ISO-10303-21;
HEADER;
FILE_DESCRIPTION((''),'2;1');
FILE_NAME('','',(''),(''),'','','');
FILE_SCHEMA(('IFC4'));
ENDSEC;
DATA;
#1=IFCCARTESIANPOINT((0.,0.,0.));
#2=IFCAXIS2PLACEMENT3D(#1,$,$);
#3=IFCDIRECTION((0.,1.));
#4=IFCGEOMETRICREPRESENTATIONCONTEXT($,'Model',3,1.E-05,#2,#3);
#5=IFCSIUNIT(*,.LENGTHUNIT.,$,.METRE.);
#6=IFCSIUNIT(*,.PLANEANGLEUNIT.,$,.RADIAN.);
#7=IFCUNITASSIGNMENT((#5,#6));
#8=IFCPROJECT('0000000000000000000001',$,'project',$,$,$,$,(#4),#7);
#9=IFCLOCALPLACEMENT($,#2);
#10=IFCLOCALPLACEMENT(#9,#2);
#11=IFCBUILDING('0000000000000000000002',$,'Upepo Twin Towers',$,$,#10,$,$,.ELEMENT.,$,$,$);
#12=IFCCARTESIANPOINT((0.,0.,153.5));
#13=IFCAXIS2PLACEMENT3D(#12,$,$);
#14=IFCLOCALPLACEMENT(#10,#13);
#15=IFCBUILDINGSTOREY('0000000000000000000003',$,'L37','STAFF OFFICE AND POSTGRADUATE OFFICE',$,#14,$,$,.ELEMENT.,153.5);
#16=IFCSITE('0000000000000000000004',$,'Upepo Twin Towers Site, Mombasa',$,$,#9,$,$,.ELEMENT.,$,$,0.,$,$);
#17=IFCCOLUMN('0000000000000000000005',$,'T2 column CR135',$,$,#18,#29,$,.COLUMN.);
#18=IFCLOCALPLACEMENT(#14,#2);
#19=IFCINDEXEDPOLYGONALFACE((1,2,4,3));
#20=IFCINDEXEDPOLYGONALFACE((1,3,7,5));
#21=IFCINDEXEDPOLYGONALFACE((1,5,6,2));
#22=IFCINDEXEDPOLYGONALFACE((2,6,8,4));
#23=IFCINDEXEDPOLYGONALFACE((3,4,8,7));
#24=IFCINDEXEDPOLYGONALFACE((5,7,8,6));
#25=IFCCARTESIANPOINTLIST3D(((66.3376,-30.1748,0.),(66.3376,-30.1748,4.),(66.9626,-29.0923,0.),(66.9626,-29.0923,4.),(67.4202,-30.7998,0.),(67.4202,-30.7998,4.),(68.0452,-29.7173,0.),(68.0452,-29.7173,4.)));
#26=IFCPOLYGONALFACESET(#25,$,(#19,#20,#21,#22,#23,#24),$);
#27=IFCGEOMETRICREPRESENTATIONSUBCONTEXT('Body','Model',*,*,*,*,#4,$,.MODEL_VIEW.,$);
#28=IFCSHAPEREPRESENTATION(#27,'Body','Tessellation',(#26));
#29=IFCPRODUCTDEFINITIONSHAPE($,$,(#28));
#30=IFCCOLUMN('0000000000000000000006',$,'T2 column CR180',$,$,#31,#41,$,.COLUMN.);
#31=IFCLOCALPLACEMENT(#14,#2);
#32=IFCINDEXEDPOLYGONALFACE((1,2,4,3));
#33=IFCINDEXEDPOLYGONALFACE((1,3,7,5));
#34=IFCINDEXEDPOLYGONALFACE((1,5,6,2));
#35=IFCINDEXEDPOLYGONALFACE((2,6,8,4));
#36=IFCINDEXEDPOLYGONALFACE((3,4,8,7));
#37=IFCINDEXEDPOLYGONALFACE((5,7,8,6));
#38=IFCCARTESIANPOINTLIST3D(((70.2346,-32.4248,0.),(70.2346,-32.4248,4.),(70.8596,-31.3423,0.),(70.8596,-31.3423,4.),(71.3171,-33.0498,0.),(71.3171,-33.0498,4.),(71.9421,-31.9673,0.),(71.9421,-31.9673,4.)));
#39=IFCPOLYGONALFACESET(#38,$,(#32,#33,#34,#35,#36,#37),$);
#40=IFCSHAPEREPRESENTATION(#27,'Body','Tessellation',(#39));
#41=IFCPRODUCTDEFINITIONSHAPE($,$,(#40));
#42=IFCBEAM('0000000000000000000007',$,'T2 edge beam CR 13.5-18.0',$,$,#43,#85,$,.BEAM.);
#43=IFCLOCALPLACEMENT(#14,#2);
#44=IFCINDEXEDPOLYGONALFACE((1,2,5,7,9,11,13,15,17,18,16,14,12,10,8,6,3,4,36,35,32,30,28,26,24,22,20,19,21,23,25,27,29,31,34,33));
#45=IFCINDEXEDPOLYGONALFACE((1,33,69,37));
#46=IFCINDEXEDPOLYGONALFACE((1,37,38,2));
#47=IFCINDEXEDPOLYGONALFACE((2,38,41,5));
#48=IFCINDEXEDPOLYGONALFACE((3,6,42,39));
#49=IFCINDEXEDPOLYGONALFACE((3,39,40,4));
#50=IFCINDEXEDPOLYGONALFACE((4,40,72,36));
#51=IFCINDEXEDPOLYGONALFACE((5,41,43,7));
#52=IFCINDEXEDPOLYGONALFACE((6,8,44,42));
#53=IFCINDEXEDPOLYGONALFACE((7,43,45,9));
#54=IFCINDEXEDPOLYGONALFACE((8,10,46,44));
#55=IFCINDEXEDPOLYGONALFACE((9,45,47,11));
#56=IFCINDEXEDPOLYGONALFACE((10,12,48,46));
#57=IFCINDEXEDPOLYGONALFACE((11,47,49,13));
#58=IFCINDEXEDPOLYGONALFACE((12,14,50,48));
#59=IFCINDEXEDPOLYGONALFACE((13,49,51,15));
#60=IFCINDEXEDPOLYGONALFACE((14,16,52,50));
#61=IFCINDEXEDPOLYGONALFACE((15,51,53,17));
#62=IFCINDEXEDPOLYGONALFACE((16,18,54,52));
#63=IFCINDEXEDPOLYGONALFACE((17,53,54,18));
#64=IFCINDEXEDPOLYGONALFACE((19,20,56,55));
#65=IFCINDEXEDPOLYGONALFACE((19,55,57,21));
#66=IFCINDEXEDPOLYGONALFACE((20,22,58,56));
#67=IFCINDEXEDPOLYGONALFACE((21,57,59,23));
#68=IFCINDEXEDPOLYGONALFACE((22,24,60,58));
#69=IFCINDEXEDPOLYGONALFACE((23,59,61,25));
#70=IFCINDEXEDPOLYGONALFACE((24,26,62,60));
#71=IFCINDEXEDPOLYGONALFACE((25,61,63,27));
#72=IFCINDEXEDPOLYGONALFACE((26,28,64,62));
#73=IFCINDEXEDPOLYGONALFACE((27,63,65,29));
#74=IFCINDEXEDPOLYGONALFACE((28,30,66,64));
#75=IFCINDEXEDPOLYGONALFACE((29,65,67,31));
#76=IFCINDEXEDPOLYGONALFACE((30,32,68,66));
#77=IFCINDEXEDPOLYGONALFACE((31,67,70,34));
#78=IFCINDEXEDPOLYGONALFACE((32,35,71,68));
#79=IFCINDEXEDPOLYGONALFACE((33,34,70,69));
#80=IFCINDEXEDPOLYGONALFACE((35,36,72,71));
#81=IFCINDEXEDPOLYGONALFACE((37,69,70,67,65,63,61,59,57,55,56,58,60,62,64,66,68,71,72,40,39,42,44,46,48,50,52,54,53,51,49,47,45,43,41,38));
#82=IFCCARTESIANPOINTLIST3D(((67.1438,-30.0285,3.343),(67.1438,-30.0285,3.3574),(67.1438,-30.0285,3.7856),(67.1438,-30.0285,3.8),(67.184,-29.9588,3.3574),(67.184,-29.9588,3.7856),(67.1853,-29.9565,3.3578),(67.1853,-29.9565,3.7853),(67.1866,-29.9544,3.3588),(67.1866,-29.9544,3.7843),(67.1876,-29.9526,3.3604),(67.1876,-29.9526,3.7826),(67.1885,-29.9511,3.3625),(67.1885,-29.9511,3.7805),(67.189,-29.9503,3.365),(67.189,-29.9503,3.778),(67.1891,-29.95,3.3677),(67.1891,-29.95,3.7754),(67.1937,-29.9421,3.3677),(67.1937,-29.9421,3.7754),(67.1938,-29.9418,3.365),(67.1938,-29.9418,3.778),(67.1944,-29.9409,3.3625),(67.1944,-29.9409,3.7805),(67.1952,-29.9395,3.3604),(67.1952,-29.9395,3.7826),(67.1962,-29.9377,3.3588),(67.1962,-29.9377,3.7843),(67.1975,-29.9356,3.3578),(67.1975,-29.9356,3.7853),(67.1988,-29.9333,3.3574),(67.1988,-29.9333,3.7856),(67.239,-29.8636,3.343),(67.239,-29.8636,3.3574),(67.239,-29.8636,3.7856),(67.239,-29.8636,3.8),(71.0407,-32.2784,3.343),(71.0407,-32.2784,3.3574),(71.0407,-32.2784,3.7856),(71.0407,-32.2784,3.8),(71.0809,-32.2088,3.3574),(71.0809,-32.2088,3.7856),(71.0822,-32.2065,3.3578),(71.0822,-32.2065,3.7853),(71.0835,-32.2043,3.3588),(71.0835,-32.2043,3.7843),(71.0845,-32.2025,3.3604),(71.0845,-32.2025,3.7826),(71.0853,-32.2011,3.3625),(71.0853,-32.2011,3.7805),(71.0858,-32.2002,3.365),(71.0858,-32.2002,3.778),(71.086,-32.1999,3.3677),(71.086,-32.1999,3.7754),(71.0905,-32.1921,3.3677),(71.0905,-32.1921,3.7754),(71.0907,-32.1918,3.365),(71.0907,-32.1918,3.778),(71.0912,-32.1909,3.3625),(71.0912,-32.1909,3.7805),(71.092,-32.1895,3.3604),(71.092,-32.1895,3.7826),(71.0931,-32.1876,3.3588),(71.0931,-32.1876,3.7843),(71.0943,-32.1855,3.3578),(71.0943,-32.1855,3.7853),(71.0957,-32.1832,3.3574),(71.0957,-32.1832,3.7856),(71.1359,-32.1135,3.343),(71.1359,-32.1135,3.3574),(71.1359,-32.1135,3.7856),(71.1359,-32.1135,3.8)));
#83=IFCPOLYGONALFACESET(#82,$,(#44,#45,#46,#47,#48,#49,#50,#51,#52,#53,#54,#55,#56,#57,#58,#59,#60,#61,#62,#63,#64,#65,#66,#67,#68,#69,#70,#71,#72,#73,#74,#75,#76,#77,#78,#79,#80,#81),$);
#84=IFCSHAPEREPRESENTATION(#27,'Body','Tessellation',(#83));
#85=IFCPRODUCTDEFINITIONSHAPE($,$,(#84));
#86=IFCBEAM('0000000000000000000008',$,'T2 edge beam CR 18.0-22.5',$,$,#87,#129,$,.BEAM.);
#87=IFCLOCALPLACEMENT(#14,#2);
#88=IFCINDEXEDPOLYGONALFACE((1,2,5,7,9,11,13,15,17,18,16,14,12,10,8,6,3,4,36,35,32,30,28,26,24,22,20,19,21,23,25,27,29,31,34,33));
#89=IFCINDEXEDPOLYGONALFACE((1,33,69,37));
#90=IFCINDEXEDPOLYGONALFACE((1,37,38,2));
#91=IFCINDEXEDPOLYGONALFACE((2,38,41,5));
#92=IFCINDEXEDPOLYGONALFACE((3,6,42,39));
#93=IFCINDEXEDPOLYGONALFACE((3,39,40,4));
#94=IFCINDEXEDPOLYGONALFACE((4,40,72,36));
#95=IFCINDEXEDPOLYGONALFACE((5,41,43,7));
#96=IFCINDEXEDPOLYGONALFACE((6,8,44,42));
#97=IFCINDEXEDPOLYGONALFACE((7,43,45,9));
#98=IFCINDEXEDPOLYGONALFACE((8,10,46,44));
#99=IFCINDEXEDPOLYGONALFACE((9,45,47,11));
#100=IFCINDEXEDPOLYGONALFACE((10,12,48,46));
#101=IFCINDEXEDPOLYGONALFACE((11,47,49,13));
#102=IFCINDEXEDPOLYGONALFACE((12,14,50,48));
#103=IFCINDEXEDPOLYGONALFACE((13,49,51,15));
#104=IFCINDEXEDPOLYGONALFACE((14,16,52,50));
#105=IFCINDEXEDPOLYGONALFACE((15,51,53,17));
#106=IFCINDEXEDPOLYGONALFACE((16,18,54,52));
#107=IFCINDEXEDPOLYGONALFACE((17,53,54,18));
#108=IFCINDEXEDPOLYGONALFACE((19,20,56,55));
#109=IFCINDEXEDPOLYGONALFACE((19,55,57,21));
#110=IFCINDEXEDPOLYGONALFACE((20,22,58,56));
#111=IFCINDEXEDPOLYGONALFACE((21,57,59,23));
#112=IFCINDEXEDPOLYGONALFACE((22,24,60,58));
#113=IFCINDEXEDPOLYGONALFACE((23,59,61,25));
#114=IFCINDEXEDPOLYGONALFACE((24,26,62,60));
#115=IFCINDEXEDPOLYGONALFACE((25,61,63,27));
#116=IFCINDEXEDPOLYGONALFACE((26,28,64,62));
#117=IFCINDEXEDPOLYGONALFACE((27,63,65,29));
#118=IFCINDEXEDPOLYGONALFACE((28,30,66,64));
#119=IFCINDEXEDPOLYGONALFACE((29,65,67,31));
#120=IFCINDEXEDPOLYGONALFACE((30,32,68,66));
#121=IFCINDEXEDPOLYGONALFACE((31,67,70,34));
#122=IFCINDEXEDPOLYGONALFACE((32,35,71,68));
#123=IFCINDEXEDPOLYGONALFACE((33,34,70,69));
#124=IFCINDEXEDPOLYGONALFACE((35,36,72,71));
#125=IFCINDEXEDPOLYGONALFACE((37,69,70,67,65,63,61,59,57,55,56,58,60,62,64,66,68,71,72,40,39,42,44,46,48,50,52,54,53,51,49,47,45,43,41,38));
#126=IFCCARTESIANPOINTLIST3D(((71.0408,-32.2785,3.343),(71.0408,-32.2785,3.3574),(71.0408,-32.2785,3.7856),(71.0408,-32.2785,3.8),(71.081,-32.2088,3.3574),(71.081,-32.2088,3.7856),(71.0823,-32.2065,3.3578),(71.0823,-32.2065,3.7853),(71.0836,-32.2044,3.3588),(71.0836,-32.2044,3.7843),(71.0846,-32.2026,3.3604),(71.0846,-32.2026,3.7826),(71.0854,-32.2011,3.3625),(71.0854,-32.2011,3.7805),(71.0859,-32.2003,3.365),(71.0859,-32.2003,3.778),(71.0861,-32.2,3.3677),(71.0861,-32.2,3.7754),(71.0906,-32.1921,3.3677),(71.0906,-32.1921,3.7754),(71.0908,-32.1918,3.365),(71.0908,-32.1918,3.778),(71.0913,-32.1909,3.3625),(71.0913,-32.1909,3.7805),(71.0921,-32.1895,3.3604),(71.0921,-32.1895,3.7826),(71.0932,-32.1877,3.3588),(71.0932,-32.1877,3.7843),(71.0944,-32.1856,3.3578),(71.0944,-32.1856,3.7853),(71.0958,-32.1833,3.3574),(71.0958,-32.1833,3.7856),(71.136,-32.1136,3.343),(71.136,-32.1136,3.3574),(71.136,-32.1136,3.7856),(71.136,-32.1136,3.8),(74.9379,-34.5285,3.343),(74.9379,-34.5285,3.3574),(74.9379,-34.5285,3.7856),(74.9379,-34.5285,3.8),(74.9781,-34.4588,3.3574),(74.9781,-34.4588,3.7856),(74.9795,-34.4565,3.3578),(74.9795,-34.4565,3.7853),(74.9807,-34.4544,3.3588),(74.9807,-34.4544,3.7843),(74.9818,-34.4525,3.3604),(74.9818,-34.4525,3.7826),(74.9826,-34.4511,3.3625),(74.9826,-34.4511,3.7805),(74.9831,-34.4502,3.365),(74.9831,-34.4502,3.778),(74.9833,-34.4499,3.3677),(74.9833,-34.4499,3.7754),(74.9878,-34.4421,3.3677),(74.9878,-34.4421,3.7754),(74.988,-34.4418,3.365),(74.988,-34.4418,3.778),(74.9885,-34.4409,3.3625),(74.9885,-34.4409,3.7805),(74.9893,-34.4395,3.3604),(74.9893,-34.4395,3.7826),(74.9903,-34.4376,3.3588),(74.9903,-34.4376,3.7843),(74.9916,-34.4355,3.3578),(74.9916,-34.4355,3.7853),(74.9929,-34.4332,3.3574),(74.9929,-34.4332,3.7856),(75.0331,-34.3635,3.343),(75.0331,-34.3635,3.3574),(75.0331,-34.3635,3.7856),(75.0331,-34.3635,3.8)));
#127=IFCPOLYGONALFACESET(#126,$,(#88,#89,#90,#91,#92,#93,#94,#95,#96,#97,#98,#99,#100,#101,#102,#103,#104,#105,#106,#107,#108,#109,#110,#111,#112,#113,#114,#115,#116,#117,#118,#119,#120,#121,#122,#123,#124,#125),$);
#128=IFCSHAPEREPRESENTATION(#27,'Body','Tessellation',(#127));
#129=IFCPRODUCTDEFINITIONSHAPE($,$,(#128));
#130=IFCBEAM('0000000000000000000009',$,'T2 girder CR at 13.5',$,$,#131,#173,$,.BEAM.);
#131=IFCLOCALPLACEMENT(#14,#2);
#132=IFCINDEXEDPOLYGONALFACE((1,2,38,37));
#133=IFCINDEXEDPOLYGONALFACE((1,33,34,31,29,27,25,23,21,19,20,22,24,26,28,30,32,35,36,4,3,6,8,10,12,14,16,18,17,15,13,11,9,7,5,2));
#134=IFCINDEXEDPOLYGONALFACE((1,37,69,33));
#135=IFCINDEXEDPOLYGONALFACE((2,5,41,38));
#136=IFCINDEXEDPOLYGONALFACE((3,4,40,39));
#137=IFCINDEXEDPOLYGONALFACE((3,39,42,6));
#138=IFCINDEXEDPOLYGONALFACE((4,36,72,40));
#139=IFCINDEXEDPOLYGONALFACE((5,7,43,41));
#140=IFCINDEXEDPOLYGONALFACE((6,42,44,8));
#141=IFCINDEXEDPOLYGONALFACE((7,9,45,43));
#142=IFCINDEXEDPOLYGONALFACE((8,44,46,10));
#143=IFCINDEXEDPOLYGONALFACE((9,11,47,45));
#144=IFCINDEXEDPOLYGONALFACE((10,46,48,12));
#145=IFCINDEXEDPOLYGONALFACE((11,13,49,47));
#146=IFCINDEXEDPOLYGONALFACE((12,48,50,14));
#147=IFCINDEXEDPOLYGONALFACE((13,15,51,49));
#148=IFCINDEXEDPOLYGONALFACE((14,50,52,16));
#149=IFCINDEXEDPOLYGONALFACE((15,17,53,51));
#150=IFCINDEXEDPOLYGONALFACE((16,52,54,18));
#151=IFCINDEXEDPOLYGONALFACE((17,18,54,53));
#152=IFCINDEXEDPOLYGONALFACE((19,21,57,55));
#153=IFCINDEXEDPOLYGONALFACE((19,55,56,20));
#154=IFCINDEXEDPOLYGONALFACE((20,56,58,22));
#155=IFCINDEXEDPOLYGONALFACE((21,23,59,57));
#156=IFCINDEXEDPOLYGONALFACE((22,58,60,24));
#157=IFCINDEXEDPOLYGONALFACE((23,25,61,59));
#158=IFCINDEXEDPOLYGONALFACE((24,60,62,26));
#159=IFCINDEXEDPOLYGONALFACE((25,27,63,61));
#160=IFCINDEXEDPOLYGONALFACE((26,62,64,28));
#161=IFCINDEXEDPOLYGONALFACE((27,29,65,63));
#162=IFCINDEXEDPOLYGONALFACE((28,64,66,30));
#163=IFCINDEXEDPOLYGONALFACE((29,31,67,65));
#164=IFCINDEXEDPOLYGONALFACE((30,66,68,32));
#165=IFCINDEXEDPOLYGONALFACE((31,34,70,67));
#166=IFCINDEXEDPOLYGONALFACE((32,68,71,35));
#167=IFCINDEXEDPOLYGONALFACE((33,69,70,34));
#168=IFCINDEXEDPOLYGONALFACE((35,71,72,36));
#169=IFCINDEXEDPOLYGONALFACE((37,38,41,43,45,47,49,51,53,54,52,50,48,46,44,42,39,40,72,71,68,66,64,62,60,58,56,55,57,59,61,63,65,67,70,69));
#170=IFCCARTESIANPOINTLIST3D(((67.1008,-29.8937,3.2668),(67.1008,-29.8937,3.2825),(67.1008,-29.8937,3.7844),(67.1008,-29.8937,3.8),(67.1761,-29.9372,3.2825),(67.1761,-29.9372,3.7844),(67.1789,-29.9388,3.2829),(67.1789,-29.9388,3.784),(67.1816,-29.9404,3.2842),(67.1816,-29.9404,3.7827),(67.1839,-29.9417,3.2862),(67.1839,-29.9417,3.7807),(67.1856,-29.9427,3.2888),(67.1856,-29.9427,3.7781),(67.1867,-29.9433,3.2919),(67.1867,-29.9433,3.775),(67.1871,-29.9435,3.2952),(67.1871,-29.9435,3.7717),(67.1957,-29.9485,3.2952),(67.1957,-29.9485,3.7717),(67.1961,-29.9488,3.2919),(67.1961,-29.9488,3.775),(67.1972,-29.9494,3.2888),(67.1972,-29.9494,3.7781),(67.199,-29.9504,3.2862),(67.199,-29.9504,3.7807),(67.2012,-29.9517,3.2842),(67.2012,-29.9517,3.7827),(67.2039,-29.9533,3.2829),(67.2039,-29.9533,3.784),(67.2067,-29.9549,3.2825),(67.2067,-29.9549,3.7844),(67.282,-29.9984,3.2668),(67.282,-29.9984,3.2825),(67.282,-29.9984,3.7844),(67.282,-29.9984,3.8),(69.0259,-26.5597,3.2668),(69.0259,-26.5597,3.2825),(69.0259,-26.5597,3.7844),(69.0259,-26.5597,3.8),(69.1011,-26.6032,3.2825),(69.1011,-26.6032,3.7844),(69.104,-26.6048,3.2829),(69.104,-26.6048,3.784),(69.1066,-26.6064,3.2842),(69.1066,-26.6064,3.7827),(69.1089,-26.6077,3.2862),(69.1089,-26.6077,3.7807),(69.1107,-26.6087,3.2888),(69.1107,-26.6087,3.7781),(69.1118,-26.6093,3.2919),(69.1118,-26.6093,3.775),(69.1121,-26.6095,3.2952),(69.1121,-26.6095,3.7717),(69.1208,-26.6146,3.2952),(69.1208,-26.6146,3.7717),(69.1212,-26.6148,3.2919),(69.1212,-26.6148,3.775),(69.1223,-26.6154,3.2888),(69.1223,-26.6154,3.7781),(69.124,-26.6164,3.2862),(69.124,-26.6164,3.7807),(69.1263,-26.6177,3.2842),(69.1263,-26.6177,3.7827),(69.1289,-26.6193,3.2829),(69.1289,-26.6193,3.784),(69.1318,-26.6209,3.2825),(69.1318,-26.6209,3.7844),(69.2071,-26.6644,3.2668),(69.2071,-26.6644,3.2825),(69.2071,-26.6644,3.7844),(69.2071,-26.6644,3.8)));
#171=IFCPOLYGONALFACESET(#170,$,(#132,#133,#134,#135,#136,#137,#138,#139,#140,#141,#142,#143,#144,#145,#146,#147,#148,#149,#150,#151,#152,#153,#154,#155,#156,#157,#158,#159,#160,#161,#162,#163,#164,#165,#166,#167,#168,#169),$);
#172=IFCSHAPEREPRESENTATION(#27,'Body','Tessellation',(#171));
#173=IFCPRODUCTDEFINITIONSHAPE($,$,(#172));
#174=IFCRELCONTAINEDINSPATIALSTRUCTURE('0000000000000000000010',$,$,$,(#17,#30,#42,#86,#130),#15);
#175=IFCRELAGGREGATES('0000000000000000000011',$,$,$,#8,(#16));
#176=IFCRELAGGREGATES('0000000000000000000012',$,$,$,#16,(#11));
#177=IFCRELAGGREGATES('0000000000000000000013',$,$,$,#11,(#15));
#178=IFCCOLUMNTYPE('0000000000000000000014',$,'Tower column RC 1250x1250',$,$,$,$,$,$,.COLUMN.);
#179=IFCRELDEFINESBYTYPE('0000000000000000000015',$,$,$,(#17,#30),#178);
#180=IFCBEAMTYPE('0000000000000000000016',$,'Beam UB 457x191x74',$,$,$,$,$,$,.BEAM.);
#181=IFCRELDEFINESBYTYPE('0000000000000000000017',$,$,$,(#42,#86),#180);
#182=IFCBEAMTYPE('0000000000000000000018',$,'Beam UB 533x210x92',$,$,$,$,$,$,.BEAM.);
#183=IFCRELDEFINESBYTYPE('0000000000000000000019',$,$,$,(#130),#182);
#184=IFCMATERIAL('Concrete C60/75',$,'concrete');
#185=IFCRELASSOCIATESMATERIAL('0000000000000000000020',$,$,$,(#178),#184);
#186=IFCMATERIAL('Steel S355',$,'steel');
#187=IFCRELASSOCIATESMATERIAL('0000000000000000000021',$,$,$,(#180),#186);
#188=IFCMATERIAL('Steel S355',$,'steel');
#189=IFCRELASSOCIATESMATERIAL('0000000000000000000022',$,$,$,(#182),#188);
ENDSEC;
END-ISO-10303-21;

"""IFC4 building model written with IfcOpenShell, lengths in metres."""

from ifc_helpers import new_model, si_unit, direction, frame, origin, origin_2d, place, context, subcontext, project, spatial, rectangle, i_section, extrude, material, material_profile, profile_set, type_object, element, save


model = new_model("IFC4")

# Units and contexts
model_context = context("Model", 3, precision=1e-05, world=origin(), true_north=direction((0.0, 1.0)))
body_context = subcontext(model_context, "Body", "Model", "MODEL_VIEW")
ifc_project = project(units=[si_unit("LENGTHUNIT", "METRE"), si_unit("PLANEANGLEUNIT", "RADIAN")], contexts=[model_context])

# Site, building, storey
site_placement = place(None, origin())
site = spatial("IfcSite", under=ifc_project, at=site_placement, Name="Upepo Twin Towers Site, Mombasa", CompositionType="ELEMENT", RefElevation=0.0)
building_placement = place(site_placement, origin())
building = spatial("IfcBuilding", under=site, at=building_placement, Name="Upepo Twin Towers", CompositionType="ELEMENT")
storey_placement = place(building_placement, frame((0.0, 0.0, 153.5)))
storey = spatial("IfcBuildingStorey", under=building, at=storey_placement, Name="L37", Description="STAFF OFFICE AND POSTGRADUATE OFFICE", CompositionType="ELEMENT", Elevation=153.5)

# Columns
ifc_material_1 = material(Name="Concrete C60/75", Category="concrete")
ifc_material_profile_1 = material_profile(ifc_material_1, rectangle(XDim=1.25, YDim=1.25, at=origin_2d()), Name="RC 1250x1250")
ifc_profile_set_1 = profile_set([ifc_material_profile_1], Name="Concrete C60/75")
column_type = type_object("IfcColumnType", Name="Tower column RC 1250x1250", PredefinedType="COLUMN", material=ifc_profile_set_1)
for number, where, z_axis, x_axis, name in (
    (1, (67.1914, -29.946, 0.0), (0.0, 0.0, 1.0), (0.5, 0.866025, 0.0), "T2 column CR135"),
    (2, (71.0884, -32.196, 0.0), (0.0, 0.0, 1.0), (0.5, 0.866025, 0.0), "T2 column CR180"),
):
    element("IfcColumn", number, at=place(storey_placement, frame(where, z_axis=z_axis, x_axis=x_axis)), inside=storey, type_object=column_type, Name=name, PredefinedType="COLUMN", context=body_context, shape_type="SweptSolid", body=[
        extrude(rectangle(XDim=1.25, YDim=1.25, at=origin_2d()), origin(), (0.0, 0.0, 1.0), 4.0),
    ])

# Beams
ifc_material_2 = material(Name="Steel S355", Category="steel")
ifc_material_profile_2 = material_profile(ifc_material_2, i_section(OverallWidth=0.1904, OverallDepth=0.457, WebThickness=0.009, FlangeThickness=0.0144, FilletRadius=0.0103, at=origin_2d()), Name="UB 457x191x74")
ifc_profile_set_2 = profile_set([ifc_material_profile_2], Name="Steel S355")
beam_type_1 = type_object("IfcBeamType", Name="Beam UB 457x191x74", PredefinedType="BEAM", material=ifc_profile_set_2)
beam_1_placement = place(storey_placement, frame((67.1914, -29.946, 3.5715), z_axis=(0.866018, -0.500014, 0.0), x_axis=(0.500014, 0.866018, 0.0)))
element("IfcBeam", 3, at=beam_1_placement, inside=storey, type_object=beam_type_1, Name="T2 edge beam CR 13.5-18.0", PredefinedType="BEAM", context=body_context, shape_type="SweptSolid", body=[
    extrude(i_section(OverallWidth=0.1904, OverallDepth=0.457, WebThickness=0.009, FlangeThickness=0.0144, FilletRadius=0.0103, at=origin_2d()), origin(), (0.0, 0.0, 1.0), 4.4998),
])
beam_2_placement = place(storey_placement, frame((71.0884, -32.196, 3.5715), z_axis=(0.866031, -0.49999, 0.0), x_axis=(0.49999, 0.866031, 0.0)))
element("IfcBeam", 4, at=beam_2_placement, inside=storey, type_object=beam_type_1, Name="T2 edge beam CR 18.0-22.5", PredefinedType="BEAM", context=body_context, shape_type="SweptSolid", body=[
    extrude(i_section(OverallWidth=0.1904, OverallDepth=0.457, WebThickness=0.009, FlangeThickness=0.0144, FilletRadius=0.0103, at=origin_2d()), origin(), (0.0, 0.0, 1.0), 4.5),
])
ifc_material_3 = material(Name="Steel S355", Category="steel")
ifc_material_profile_3 = material_profile(ifc_material_3, i_section(OverallWidth=0.2092, OverallDepth=0.5332, WebThickness=0.01, FlangeThickness=0.0156, FilletRadius=0.0127, at=origin_2d()), Name="UB 533x210x92")
ifc_profile_set_3 = profile_set([ifc_material_profile_3], Name="Steel S355")
beam_type_2 = type_object("IfcBeamType", Name="Beam UB 533x210x92", PredefinedType="BEAM", material=ifc_profile_set_3)
for number, where, z_axis, x_axis, name in (
    (5, (67.1914, -29.946, 3.5334), (0.500034, 0.866006, 0.0), (-0.866006, 0.500034, 0.0), "T2 girder CR at 13.5"),
):
    element("IfcBeam", number, at=place(storey_placement, frame(where, z_axis=z_axis, x_axis=x_axis)), inside=storey, type_object=beam_type_2, Name=name, PredefinedType="BEAM", context=body_context, shape_type="SweptSolid", body=[
        extrude(i_section(OverallWidth=0.2092, OverallDepth=0.5332, WebThickness=0.01, FlangeThickness=0.0156, FilletRadius=0.0127, at=origin_2d()), origin(), (0.0, 0.0, 1.0), 3.8499),
    ])

save(model, "model.ifc")
